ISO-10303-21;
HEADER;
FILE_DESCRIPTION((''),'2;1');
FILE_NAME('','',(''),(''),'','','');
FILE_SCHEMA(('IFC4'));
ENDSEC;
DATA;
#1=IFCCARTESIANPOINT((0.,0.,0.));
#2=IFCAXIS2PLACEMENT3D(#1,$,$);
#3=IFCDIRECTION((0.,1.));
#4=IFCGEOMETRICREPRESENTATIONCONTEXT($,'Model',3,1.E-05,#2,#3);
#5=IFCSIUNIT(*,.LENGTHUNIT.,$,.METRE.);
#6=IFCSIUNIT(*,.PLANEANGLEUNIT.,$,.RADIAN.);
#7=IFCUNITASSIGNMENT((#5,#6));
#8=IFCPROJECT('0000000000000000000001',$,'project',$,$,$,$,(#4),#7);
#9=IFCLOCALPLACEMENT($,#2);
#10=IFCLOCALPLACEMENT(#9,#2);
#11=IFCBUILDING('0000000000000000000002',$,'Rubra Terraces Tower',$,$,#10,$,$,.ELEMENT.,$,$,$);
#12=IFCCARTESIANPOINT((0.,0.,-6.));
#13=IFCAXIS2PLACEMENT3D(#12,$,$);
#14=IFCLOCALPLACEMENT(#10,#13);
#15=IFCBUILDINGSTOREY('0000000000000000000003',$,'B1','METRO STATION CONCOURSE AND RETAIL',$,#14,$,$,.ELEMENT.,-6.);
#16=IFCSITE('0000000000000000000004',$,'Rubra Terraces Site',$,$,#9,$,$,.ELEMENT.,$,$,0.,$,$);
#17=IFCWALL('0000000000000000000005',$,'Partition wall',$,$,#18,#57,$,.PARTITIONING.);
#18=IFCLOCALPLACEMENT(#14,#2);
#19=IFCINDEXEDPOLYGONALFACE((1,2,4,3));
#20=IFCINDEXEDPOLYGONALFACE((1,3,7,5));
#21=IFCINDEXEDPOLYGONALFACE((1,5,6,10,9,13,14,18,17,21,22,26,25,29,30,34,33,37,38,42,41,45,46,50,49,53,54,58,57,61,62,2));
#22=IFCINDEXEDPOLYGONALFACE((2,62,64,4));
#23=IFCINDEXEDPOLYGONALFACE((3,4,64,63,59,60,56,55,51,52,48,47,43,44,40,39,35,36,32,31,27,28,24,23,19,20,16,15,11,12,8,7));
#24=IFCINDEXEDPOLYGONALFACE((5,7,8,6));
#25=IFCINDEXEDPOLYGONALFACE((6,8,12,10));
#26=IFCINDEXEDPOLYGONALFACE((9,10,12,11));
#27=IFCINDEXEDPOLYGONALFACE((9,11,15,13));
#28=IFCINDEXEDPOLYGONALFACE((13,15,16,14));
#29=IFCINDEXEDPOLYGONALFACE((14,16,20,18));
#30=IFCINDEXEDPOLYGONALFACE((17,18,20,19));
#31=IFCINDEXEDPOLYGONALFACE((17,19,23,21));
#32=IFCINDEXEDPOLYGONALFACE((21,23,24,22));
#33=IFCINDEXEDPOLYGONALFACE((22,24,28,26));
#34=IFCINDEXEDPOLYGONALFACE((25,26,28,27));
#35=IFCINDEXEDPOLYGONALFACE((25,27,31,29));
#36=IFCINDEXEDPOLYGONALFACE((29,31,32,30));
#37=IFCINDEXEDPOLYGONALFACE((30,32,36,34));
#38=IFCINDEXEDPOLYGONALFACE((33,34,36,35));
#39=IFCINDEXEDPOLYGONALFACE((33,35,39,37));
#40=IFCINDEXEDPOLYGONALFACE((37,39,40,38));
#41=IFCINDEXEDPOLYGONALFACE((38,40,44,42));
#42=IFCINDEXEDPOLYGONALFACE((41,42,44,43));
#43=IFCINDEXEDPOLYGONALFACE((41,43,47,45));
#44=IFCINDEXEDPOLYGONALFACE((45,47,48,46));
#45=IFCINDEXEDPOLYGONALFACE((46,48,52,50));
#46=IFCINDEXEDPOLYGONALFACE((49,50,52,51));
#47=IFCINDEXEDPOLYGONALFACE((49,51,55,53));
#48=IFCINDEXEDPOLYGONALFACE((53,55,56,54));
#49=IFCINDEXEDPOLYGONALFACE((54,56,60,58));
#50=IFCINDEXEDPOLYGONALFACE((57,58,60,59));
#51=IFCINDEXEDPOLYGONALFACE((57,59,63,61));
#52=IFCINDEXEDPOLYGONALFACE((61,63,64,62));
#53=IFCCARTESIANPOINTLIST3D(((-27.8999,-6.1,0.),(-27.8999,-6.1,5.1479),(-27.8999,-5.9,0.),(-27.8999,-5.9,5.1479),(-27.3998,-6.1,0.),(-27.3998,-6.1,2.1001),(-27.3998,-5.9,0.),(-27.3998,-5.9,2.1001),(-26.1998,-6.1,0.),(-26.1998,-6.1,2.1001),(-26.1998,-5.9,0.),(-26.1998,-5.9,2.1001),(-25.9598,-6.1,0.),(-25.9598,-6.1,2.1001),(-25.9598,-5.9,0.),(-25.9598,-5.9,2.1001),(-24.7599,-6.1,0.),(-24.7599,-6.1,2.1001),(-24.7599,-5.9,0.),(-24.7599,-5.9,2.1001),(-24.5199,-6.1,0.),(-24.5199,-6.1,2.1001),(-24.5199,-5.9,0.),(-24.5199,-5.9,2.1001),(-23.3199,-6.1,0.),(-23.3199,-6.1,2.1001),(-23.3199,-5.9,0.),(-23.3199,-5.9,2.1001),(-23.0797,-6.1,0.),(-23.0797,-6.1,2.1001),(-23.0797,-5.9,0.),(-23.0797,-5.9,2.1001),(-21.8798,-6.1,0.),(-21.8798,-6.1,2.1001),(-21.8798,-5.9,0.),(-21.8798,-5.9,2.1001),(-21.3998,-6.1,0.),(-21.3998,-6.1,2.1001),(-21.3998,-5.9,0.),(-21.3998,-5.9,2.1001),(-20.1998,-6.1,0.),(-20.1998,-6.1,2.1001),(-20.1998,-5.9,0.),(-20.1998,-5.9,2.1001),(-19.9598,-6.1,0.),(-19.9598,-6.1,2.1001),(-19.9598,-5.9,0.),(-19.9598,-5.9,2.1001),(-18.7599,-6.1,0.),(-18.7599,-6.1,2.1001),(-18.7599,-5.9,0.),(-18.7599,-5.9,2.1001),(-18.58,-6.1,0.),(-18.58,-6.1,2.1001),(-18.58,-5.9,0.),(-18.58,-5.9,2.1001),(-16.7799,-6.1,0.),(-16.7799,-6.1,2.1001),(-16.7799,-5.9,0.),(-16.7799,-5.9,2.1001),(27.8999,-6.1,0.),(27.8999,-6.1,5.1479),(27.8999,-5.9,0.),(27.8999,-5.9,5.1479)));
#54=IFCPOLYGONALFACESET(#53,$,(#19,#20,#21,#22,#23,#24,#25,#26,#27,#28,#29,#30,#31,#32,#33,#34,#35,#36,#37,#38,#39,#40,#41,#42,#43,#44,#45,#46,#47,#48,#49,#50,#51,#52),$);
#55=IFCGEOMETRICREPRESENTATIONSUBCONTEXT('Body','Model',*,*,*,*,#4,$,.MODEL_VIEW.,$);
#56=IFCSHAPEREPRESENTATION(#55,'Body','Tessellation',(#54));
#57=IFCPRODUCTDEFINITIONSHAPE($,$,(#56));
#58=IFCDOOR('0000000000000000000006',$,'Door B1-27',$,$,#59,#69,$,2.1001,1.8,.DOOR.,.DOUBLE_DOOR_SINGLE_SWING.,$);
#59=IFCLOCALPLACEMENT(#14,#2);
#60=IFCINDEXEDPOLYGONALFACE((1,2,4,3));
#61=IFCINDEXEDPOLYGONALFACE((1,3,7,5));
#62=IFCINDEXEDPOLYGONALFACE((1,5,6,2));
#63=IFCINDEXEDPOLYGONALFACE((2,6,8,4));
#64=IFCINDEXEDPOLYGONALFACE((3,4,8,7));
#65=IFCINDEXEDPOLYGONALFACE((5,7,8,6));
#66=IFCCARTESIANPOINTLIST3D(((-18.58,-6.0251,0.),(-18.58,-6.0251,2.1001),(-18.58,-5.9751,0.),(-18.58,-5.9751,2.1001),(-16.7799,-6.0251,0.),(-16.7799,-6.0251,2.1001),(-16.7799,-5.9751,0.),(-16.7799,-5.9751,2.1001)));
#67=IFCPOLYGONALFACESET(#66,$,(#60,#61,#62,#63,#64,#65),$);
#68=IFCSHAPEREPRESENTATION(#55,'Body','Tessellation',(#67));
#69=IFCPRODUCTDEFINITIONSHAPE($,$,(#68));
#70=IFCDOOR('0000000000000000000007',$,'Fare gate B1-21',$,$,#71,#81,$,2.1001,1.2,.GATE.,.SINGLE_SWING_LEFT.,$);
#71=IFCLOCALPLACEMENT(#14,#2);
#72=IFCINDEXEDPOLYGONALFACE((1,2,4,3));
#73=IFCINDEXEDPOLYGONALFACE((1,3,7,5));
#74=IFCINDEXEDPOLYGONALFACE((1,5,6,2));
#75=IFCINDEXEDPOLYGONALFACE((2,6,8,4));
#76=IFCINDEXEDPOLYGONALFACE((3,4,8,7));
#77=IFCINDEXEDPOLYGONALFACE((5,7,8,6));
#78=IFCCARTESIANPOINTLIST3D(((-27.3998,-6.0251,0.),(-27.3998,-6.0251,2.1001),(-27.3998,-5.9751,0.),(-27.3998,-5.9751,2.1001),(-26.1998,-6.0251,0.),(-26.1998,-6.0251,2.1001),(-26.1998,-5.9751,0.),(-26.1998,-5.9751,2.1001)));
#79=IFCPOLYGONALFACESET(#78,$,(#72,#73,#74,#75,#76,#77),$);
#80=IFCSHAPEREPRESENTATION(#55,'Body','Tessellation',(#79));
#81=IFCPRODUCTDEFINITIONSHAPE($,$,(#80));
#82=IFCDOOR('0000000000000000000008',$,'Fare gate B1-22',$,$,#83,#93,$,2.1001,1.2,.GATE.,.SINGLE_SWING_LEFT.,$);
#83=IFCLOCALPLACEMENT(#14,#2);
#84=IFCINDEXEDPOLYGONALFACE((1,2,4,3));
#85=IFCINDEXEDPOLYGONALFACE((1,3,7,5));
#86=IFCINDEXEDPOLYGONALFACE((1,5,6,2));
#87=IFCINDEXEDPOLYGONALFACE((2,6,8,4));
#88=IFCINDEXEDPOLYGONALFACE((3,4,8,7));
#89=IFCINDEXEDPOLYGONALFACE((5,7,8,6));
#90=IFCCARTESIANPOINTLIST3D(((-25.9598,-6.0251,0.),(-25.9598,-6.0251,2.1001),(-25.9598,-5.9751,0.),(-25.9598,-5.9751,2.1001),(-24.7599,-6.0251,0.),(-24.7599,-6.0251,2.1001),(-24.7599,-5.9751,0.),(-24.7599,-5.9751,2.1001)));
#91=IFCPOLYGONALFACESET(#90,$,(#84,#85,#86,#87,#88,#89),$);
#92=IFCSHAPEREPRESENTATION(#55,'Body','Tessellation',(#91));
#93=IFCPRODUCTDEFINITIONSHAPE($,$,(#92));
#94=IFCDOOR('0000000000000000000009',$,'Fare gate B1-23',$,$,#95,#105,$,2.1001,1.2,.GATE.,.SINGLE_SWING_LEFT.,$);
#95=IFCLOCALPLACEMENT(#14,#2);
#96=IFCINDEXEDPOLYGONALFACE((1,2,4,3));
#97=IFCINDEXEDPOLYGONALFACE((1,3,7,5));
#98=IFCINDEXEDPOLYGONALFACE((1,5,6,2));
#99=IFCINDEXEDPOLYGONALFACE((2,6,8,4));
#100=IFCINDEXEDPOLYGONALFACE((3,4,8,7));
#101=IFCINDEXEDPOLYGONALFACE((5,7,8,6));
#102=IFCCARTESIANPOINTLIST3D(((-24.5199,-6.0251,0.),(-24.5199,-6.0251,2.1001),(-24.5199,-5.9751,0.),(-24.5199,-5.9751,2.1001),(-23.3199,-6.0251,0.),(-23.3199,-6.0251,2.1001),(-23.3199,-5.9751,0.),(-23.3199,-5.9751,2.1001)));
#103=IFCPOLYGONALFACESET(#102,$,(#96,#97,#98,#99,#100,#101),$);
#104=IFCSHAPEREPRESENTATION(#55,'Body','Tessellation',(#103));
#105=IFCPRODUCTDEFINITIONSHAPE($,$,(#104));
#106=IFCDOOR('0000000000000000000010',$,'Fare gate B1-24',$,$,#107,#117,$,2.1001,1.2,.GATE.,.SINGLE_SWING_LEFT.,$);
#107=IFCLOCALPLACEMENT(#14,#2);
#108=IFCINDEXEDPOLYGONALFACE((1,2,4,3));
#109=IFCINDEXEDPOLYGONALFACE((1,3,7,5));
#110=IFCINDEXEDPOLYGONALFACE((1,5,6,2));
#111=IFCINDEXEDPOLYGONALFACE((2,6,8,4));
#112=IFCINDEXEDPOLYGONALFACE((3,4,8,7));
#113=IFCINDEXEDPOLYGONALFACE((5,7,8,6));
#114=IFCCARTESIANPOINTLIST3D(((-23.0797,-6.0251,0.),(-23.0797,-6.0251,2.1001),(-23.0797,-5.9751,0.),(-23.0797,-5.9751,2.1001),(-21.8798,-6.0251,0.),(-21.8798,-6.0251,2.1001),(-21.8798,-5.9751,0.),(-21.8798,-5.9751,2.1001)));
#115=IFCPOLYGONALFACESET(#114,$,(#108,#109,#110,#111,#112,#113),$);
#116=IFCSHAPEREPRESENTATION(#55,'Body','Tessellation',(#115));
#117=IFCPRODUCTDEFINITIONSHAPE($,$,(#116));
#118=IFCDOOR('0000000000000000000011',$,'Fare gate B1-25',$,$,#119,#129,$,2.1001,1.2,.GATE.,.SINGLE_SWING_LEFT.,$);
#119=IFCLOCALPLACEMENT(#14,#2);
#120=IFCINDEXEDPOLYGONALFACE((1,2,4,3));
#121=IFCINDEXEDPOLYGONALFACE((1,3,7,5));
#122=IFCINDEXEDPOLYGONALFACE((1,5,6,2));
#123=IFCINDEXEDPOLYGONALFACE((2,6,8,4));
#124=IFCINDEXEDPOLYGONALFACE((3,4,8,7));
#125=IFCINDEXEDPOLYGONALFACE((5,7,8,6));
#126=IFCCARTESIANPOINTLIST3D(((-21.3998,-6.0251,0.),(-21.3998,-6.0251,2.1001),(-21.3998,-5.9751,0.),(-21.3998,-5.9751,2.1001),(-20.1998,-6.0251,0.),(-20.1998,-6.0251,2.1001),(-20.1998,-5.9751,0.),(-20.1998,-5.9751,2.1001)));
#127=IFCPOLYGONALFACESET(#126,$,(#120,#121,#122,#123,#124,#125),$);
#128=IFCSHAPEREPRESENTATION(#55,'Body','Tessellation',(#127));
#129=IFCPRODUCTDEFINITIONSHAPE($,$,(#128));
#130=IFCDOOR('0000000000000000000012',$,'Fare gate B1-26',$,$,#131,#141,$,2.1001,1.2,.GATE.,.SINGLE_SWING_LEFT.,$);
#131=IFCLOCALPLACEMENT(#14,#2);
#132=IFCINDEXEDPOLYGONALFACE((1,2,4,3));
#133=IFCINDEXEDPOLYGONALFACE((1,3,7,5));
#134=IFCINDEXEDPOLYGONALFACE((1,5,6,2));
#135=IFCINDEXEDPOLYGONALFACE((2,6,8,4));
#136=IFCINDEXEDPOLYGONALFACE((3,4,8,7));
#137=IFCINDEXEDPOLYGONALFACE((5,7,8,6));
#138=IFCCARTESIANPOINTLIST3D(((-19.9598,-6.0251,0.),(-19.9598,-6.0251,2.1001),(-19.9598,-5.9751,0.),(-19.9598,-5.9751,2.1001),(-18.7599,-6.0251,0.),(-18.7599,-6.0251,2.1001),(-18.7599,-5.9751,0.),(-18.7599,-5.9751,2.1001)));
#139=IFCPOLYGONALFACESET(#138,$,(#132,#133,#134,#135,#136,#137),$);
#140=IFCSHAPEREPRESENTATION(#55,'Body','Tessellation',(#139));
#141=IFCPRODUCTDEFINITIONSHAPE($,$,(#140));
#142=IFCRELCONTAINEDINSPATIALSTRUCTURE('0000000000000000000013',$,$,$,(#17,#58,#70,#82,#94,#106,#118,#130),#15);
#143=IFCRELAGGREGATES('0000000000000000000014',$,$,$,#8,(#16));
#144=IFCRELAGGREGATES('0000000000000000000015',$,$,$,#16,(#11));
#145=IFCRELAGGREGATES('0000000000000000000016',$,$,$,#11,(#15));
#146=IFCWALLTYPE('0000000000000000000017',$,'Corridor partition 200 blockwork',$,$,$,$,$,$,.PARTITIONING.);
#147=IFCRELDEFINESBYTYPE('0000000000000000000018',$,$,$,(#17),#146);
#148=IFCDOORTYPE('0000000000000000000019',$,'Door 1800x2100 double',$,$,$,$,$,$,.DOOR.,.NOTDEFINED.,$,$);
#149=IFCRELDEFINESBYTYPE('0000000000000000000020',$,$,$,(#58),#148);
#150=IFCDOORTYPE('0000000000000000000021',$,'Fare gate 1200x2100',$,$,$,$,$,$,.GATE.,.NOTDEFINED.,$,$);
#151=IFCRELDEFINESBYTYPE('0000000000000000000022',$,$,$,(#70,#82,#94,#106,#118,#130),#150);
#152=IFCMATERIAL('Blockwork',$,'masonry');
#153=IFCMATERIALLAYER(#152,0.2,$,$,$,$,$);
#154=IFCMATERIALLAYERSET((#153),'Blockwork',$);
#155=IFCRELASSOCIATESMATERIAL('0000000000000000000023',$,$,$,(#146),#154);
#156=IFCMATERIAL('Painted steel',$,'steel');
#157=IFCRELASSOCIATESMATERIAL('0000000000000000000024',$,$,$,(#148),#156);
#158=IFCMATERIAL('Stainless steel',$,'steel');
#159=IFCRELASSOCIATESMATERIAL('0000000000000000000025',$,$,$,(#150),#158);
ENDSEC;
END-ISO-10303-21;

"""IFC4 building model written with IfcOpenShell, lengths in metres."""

from ifc_helpers import new_model, si_unit, direction, frame, frame_2d, origin, place, context, subcontext, project, spatial, rectangle, extrude, material, layer, layer_set, type_object, element, fill, save


model = new_model("IFC4")

# Units and contexts
model_context = context("Model", 3, precision=1e-05, world=origin(), true_north=direction((0.0, 1.0)))
body_context = subcontext(model_context, "Body", "Model", "MODEL_VIEW")
ifc_project = project(units=[si_unit("LENGTHUNIT", "METRE"), si_unit("PLANEANGLEUNIT", "RADIAN")], contexts=[model_context])

# Site, building, storey
site_placement = place(None, origin())
site = spatial("IfcSite", under=ifc_project, at=site_placement, Name="Rubra Terraces Site", CompositionType="ELEMENT", RefElevation=0.0)
building_placement = place(site_placement, origin())
building = spatial("IfcBuilding", under=site, at=building_placement, Name="Rubra Terraces Tower", CompositionType="ELEMENT")
storey_placement = place(building_placement, frame((0.0, 0.0, -6.0)))
storey = spatial("IfcBuildingStorey", under=building, at=storey_placement, Name="B1", Description="METRO STATION CONCOURSE AND RETAIL", CompositionType="ELEMENT", Elevation=-6.0)

# Wall, openings, doors
ifc_material_1 = material(Name="Blockwork", Category="masonry")
ifc_layer_1 = layer(ifc_material_1, 0.2)
ifc_layer_set_1 = layer_set([ifc_layer_1], Name="Blockwork")
wall_type_1 = type_object("IfcWallType", Name="Corridor partition 200 blockwork", PredefinedType="PARTITIONING", material=ifc_layer_set_1)
wall_1_placement = place(storey_placement, frame((-27.8999, -6.0, 0.0), z_axis=(0.0, 0.0, 1.0), x_axis=(1.0, 0.0, 0.0)))
wall_1 = element("IfcWall", 1, at=wall_1_placement, inside=storey, type_object=wall_type_1, Name="Partition wall", PredefinedType="PARTITIONING", context=body_context, shape_type="SweptSolid", body=[
    extrude(rectangle(XDim=55.7998, YDim=0.2, at=frame_2d((27.8999, 0.0))), origin(), (0.0, 0.0, 1.0), 5.1479),
])
opening_1_placement = place(wall_1_placement, frame((0.5, 0.0, 0.0)))
opening_1 = element("IfcOpeningElement", 2, at=opening_1_placement, cuts=wall_1, PredefinedType="OPENING", context=body_context, shape_type="SweptSolid", body=[
    extrude(rectangle(XDim=1.2, YDim=2.1001, at=frame_2d((0.6001, 1.05))), frame((0.0, 0.1099, 0.0), z_axis=(0.0, -1.0, 0.0), x_axis=(1.0, 0.0, 0.0)), (0.0, 0.0, 1.0), 0.22),
])
opening_2_placement = place(wall_1_placement, frame((1.9399, 0.0, 0.0)))
opening_2 = element("IfcOpeningElement", 3, at=opening_2_placement, cuts=wall_1, PredefinedType="OPENING", context=body_context, shape_type="SweptSolid", body=[
    extrude(rectangle(XDim=1.2, YDim=2.1001, at=frame_2d((0.6001, 1.05))), frame((0.0, 0.1099, 0.0), z_axis=(0.0, -1.0, 0.0), x_axis=(1.0, 0.0, 0.0)), (0.0, 0.0, 1.0), 0.22),
])
opening_3_placement = place(wall_1_placement, frame((3.3799, 0.0, 0.0)))
opening_3 = element("IfcOpeningElement", 4, at=opening_3_placement, cuts=wall_1, PredefinedType="OPENING", context=body_context, shape_type="SweptSolid", body=[
    extrude(rectangle(XDim=1.2, YDim=2.1001, at=frame_2d((0.6001, 1.05))), frame((0.0, 0.1099, 0.0), z_axis=(0.0, -1.0, 0.0), x_axis=(1.0, 0.0, 0.0)), (0.0, 0.0, 1.0), 0.22),
])
opening_4_placement = place(wall_1_placement, frame((4.8201, 0.0, 0.0)))
opening_4 = element("IfcOpeningElement", 5, at=opening_4_placement, cuts=wall_1, PredefinedType="OPENING", context=body_context, shape_type="SweptSolid", body=[
    extrude(rectangle(XDim=1.2, YDim=2.1001, at=frame_2d((0.6001, 1.05))), frame((0.0, 0.1099, 0.0), z_axis=(0.0, -1.0, 0.0), x_axis=(1.0, 0.0, 0.0)), (0.0, 0.0, 1.0), 0.22),
])
opening_5_placement = place(wall_1_placement, frame((6.5, 0.0, 0.0)))
opening_5 = element("IfcOpeningElement", 6, at=opening_5_placement, cuts=wall_1, PredefinedType="OPENING", context=body_context, shape_type="SweptSolid", body=[
    extrude(rectangle(XDim=1.2, YDim=2.1001, at=frame_2d((0.6001, 1.05))), frame((0.0, 0.1099, 0.0), z_axis=(0.0, -1.0, 0.0), x_axis=(1.0, 0.0, 0.0)), (0.0, 0.0, 1.0), 0.22),
])
opening_6_placement = place(wall_1_placement, frame((7.9399, 0.0, 0.0)))
opening_6 = element("IfcOpeningElement", 7, at=opening_6_placement, cuts=wall_1, PredefinedType="OPENING", context=body_context, shape_type="SweptSolid", body=[
    extrude(rectangle(XDim=1.2, YDim=2.1001, at=frame_2d((0.6001, 1.05))), frame((0.0, 0.1099, 0.0), z_axis=(0.0, -1.0, 0.0), x_axis=(1.0, 0.0, 0.0)), (0.0, 0.0, 1.0), 0.22),
])
opening_7_placement = place(wall_1_placement, frame((9.3201, 0.0, 0.0)))
opening_7 = element("IfcOpeningElement", 8, at=opening_7_placement, cuts=wall_1, PredefinedType="OPENING", context=body_context, shape_type="SweptSolid", body=[
    extrude(rectangle(XDim=1.8, YDim=2.1001, at=frame_2d((0.8999, 1.05))), frame((0.0, 0.1099, 0.0), z_axis=(0.0, -1.0, 0.0), x_axis=(1.0, 0.0, 0.0)), (0.0, 0.0, 1.0), 0.22),
])
ifc_material_2 = material(Name="Painted steel", Category="steel")
door_type_1 = type_object("IfcDoorType", Name="Door 1800x2100 double", OperationType="NOTDEFINED", PredefinedType="DOOR", material=ifc_material_2)
door_1_placement = place(opening_7_placement, origin())
door_1 = element("IfcDoor", 9, at=door_1_placement, inside=storey, type_object=door_type_1, Name="Door B1-27", OperationType="DOUBLE_DOOR_SINGLE_SWING", OverallHeight=2.1001, OverallWidth=1.8, PredefinedType="DOOR", context=body_context, shape_type="SweptSolid", body=[
    extrude(rectangle(XDim=1.8, YDim=2.1001, at=frame_2d((0.8999, 1.05))), frame((0.0, 0.0249, 0.0), z_axis=(0.0, -1.0, 0.0), x_axis=(1.0, 0.0, 0.0)), (0.0, 0.0, 1.0), 0.05),
])
fill(opening_7, door_1)
ifc_material_3 = material(Name="Stainless steel", Category="steel")
door_type_2 = type_object("IfcDoorType", Name="Fare gate 1200x2100", OperationType="NOTDEFINED", PredefinedType="GATE", material=ifc_material_3)
door_2_placement = place(opening_1_placement, origin())
door_2 = element("IfcDoor", 10, at=door_2_placement, inside=storey, type_object=door_type_2, Name="Fare gate B1-21", OperationType="SINGLE_SWING_LEFT", OverallHeight=2.1001, OverallWidth=1.2, PredefinedType="GATE", context=body_context, shape_type="SweptSolid", body=[
    extrude(rectangle(XDim=1.2, YDim=2.1001, at=frame_2d((0.6001, 1.05))), frame((0.0, 0.0249, 0.0), z_axis=(0.0, -1.0, 0.0), x_axis=(1.0, 0.0, 0.0)), (0.0, 0.0, 1.0), 0.05),
])
fill(opening_1, door_2)
door_3_placement = place(opening_2_placement, origin())
door_3 = element("IfcDoor", 11, at=door_3_placement, inside=storey, type_object=door_type_2, Name="Fare gate B1-22", OperationType="SINGLE_SWING_LEFT", OverallHeight=2.1001, OverallWidth=1.2, PredefinedType="GATE", context=body_context, shape_type="SweptSolid", body=[
    extrude(rectangle(XDim=1.2, YDim=2.1001, at=frame_2d((0.6001, 1.05))), frame((0.0, 0.0249, 0.0), z_axis=(0.0, -1.0, 0.0), x_axis=(1.0, 0.0, 0.0)), (0.0, 0.0, 1.0), 0.05),
])
fill(opening_2, door_3)
door_4_placement = place(opening_3_placement, origin())
door_4 = element("IfcDoor", 12, at=door_4_placement, inside=storey, type_object=door_type_2, Name="Fare gate B1-23", OperationType="SINGLE_SWING_LEFT", OverallHeight=2.1001, OverallWidth=1.2, PredefinedType="GATE", context=body_context, shape_type="SweptSolid", body=[
    extrude(rectangle(XDim=1.2, YDim=2.1001, at=frame_2d((0.6001, 1.05))), frame((0.0, 0.0249, 0.0), z_axis=(0.0, -1.0, 0.0), x_axis=(1.0, 0.0, 0.0)), (0.0, 0.0, 1.0), 0.05),
])
fill(opening_3, door_4)
door_5_placement = place(opening_4_placement, origin())
door_5 = element("IfcDoor", 13, at=door_5_placement, inside=storey, type_object=door_type_2, Name="Fare gate B1-24", OperationType="SINGLE_SWING_LEFT", OverallHeight=2.1001, OverallWidth=1.2, PredefinedType="GATE", context=body_context, shape_type="SweptSolid", body=[
    extrude(rectangle(XDim=1.2, YDim=2.1001, at=frame_2d((0.6001, 1.05))), frame((0.0, 0.0249, 0.0), z_axis=(0.0, -1.0, 0.0), x_axis=(1.0, 0.0, 0.0)), (0.0, 0.0, 1.0), 0.05),
])
fill(opening_4, door_5)
door_6_placement = place(opening_5_placement, origin())
door_6 = element("IfcDoor", 14, at=door_6_placement, inside=storey, type_object=door_type_2, Name="Fare gate B1-25", OperationType="SINGLE_SWING_LEFT", OverallHeight=2.1001, OverallWidth=1.2, PredefinedType="GATE", context=body_context, shape_type="SweptSolid", body=[
    extrude(rectangle(XDim=1.2, YDim=2.1001, at=frame_2d((0.6001, 1.05))), frame((0.0, 0.0249, 0.0), z_axis=(0.0, -1.0, 0.0), x_axis=(1.0, 0.0, 0.0)), (0.0, 0.0, 1.0), 0.05),
])
fill(opening_5, door_6)
door_7_placement = place(opening_6_placement, origin())
door_7 = element("IfcDoor", 15, at=door_7_placement, inside=storey, type_object=door_type_2, Name="Fare gate B1-26", OperationType="SINGLE_SWING_LEFT", OverallHeight=2.1001, OverallWidth=1.2, PredefinedType="GATE", context=body_context, shape_type="SweptSolid", body=[
    extrude(rectangle(XDim=1.2, YDim=2.1001, at=frame_2d((0.6001, 1.05))), frame((0.0, 0.0249, 0.0), z_axis=(0.0, -1.0, 0.0), x_axis=(1.0, 0.0, 0.0)), (0.0, 0.0, 1.0), 0.05),
])
fill(opening_6, door_7)

save(model, "model.ifc")
